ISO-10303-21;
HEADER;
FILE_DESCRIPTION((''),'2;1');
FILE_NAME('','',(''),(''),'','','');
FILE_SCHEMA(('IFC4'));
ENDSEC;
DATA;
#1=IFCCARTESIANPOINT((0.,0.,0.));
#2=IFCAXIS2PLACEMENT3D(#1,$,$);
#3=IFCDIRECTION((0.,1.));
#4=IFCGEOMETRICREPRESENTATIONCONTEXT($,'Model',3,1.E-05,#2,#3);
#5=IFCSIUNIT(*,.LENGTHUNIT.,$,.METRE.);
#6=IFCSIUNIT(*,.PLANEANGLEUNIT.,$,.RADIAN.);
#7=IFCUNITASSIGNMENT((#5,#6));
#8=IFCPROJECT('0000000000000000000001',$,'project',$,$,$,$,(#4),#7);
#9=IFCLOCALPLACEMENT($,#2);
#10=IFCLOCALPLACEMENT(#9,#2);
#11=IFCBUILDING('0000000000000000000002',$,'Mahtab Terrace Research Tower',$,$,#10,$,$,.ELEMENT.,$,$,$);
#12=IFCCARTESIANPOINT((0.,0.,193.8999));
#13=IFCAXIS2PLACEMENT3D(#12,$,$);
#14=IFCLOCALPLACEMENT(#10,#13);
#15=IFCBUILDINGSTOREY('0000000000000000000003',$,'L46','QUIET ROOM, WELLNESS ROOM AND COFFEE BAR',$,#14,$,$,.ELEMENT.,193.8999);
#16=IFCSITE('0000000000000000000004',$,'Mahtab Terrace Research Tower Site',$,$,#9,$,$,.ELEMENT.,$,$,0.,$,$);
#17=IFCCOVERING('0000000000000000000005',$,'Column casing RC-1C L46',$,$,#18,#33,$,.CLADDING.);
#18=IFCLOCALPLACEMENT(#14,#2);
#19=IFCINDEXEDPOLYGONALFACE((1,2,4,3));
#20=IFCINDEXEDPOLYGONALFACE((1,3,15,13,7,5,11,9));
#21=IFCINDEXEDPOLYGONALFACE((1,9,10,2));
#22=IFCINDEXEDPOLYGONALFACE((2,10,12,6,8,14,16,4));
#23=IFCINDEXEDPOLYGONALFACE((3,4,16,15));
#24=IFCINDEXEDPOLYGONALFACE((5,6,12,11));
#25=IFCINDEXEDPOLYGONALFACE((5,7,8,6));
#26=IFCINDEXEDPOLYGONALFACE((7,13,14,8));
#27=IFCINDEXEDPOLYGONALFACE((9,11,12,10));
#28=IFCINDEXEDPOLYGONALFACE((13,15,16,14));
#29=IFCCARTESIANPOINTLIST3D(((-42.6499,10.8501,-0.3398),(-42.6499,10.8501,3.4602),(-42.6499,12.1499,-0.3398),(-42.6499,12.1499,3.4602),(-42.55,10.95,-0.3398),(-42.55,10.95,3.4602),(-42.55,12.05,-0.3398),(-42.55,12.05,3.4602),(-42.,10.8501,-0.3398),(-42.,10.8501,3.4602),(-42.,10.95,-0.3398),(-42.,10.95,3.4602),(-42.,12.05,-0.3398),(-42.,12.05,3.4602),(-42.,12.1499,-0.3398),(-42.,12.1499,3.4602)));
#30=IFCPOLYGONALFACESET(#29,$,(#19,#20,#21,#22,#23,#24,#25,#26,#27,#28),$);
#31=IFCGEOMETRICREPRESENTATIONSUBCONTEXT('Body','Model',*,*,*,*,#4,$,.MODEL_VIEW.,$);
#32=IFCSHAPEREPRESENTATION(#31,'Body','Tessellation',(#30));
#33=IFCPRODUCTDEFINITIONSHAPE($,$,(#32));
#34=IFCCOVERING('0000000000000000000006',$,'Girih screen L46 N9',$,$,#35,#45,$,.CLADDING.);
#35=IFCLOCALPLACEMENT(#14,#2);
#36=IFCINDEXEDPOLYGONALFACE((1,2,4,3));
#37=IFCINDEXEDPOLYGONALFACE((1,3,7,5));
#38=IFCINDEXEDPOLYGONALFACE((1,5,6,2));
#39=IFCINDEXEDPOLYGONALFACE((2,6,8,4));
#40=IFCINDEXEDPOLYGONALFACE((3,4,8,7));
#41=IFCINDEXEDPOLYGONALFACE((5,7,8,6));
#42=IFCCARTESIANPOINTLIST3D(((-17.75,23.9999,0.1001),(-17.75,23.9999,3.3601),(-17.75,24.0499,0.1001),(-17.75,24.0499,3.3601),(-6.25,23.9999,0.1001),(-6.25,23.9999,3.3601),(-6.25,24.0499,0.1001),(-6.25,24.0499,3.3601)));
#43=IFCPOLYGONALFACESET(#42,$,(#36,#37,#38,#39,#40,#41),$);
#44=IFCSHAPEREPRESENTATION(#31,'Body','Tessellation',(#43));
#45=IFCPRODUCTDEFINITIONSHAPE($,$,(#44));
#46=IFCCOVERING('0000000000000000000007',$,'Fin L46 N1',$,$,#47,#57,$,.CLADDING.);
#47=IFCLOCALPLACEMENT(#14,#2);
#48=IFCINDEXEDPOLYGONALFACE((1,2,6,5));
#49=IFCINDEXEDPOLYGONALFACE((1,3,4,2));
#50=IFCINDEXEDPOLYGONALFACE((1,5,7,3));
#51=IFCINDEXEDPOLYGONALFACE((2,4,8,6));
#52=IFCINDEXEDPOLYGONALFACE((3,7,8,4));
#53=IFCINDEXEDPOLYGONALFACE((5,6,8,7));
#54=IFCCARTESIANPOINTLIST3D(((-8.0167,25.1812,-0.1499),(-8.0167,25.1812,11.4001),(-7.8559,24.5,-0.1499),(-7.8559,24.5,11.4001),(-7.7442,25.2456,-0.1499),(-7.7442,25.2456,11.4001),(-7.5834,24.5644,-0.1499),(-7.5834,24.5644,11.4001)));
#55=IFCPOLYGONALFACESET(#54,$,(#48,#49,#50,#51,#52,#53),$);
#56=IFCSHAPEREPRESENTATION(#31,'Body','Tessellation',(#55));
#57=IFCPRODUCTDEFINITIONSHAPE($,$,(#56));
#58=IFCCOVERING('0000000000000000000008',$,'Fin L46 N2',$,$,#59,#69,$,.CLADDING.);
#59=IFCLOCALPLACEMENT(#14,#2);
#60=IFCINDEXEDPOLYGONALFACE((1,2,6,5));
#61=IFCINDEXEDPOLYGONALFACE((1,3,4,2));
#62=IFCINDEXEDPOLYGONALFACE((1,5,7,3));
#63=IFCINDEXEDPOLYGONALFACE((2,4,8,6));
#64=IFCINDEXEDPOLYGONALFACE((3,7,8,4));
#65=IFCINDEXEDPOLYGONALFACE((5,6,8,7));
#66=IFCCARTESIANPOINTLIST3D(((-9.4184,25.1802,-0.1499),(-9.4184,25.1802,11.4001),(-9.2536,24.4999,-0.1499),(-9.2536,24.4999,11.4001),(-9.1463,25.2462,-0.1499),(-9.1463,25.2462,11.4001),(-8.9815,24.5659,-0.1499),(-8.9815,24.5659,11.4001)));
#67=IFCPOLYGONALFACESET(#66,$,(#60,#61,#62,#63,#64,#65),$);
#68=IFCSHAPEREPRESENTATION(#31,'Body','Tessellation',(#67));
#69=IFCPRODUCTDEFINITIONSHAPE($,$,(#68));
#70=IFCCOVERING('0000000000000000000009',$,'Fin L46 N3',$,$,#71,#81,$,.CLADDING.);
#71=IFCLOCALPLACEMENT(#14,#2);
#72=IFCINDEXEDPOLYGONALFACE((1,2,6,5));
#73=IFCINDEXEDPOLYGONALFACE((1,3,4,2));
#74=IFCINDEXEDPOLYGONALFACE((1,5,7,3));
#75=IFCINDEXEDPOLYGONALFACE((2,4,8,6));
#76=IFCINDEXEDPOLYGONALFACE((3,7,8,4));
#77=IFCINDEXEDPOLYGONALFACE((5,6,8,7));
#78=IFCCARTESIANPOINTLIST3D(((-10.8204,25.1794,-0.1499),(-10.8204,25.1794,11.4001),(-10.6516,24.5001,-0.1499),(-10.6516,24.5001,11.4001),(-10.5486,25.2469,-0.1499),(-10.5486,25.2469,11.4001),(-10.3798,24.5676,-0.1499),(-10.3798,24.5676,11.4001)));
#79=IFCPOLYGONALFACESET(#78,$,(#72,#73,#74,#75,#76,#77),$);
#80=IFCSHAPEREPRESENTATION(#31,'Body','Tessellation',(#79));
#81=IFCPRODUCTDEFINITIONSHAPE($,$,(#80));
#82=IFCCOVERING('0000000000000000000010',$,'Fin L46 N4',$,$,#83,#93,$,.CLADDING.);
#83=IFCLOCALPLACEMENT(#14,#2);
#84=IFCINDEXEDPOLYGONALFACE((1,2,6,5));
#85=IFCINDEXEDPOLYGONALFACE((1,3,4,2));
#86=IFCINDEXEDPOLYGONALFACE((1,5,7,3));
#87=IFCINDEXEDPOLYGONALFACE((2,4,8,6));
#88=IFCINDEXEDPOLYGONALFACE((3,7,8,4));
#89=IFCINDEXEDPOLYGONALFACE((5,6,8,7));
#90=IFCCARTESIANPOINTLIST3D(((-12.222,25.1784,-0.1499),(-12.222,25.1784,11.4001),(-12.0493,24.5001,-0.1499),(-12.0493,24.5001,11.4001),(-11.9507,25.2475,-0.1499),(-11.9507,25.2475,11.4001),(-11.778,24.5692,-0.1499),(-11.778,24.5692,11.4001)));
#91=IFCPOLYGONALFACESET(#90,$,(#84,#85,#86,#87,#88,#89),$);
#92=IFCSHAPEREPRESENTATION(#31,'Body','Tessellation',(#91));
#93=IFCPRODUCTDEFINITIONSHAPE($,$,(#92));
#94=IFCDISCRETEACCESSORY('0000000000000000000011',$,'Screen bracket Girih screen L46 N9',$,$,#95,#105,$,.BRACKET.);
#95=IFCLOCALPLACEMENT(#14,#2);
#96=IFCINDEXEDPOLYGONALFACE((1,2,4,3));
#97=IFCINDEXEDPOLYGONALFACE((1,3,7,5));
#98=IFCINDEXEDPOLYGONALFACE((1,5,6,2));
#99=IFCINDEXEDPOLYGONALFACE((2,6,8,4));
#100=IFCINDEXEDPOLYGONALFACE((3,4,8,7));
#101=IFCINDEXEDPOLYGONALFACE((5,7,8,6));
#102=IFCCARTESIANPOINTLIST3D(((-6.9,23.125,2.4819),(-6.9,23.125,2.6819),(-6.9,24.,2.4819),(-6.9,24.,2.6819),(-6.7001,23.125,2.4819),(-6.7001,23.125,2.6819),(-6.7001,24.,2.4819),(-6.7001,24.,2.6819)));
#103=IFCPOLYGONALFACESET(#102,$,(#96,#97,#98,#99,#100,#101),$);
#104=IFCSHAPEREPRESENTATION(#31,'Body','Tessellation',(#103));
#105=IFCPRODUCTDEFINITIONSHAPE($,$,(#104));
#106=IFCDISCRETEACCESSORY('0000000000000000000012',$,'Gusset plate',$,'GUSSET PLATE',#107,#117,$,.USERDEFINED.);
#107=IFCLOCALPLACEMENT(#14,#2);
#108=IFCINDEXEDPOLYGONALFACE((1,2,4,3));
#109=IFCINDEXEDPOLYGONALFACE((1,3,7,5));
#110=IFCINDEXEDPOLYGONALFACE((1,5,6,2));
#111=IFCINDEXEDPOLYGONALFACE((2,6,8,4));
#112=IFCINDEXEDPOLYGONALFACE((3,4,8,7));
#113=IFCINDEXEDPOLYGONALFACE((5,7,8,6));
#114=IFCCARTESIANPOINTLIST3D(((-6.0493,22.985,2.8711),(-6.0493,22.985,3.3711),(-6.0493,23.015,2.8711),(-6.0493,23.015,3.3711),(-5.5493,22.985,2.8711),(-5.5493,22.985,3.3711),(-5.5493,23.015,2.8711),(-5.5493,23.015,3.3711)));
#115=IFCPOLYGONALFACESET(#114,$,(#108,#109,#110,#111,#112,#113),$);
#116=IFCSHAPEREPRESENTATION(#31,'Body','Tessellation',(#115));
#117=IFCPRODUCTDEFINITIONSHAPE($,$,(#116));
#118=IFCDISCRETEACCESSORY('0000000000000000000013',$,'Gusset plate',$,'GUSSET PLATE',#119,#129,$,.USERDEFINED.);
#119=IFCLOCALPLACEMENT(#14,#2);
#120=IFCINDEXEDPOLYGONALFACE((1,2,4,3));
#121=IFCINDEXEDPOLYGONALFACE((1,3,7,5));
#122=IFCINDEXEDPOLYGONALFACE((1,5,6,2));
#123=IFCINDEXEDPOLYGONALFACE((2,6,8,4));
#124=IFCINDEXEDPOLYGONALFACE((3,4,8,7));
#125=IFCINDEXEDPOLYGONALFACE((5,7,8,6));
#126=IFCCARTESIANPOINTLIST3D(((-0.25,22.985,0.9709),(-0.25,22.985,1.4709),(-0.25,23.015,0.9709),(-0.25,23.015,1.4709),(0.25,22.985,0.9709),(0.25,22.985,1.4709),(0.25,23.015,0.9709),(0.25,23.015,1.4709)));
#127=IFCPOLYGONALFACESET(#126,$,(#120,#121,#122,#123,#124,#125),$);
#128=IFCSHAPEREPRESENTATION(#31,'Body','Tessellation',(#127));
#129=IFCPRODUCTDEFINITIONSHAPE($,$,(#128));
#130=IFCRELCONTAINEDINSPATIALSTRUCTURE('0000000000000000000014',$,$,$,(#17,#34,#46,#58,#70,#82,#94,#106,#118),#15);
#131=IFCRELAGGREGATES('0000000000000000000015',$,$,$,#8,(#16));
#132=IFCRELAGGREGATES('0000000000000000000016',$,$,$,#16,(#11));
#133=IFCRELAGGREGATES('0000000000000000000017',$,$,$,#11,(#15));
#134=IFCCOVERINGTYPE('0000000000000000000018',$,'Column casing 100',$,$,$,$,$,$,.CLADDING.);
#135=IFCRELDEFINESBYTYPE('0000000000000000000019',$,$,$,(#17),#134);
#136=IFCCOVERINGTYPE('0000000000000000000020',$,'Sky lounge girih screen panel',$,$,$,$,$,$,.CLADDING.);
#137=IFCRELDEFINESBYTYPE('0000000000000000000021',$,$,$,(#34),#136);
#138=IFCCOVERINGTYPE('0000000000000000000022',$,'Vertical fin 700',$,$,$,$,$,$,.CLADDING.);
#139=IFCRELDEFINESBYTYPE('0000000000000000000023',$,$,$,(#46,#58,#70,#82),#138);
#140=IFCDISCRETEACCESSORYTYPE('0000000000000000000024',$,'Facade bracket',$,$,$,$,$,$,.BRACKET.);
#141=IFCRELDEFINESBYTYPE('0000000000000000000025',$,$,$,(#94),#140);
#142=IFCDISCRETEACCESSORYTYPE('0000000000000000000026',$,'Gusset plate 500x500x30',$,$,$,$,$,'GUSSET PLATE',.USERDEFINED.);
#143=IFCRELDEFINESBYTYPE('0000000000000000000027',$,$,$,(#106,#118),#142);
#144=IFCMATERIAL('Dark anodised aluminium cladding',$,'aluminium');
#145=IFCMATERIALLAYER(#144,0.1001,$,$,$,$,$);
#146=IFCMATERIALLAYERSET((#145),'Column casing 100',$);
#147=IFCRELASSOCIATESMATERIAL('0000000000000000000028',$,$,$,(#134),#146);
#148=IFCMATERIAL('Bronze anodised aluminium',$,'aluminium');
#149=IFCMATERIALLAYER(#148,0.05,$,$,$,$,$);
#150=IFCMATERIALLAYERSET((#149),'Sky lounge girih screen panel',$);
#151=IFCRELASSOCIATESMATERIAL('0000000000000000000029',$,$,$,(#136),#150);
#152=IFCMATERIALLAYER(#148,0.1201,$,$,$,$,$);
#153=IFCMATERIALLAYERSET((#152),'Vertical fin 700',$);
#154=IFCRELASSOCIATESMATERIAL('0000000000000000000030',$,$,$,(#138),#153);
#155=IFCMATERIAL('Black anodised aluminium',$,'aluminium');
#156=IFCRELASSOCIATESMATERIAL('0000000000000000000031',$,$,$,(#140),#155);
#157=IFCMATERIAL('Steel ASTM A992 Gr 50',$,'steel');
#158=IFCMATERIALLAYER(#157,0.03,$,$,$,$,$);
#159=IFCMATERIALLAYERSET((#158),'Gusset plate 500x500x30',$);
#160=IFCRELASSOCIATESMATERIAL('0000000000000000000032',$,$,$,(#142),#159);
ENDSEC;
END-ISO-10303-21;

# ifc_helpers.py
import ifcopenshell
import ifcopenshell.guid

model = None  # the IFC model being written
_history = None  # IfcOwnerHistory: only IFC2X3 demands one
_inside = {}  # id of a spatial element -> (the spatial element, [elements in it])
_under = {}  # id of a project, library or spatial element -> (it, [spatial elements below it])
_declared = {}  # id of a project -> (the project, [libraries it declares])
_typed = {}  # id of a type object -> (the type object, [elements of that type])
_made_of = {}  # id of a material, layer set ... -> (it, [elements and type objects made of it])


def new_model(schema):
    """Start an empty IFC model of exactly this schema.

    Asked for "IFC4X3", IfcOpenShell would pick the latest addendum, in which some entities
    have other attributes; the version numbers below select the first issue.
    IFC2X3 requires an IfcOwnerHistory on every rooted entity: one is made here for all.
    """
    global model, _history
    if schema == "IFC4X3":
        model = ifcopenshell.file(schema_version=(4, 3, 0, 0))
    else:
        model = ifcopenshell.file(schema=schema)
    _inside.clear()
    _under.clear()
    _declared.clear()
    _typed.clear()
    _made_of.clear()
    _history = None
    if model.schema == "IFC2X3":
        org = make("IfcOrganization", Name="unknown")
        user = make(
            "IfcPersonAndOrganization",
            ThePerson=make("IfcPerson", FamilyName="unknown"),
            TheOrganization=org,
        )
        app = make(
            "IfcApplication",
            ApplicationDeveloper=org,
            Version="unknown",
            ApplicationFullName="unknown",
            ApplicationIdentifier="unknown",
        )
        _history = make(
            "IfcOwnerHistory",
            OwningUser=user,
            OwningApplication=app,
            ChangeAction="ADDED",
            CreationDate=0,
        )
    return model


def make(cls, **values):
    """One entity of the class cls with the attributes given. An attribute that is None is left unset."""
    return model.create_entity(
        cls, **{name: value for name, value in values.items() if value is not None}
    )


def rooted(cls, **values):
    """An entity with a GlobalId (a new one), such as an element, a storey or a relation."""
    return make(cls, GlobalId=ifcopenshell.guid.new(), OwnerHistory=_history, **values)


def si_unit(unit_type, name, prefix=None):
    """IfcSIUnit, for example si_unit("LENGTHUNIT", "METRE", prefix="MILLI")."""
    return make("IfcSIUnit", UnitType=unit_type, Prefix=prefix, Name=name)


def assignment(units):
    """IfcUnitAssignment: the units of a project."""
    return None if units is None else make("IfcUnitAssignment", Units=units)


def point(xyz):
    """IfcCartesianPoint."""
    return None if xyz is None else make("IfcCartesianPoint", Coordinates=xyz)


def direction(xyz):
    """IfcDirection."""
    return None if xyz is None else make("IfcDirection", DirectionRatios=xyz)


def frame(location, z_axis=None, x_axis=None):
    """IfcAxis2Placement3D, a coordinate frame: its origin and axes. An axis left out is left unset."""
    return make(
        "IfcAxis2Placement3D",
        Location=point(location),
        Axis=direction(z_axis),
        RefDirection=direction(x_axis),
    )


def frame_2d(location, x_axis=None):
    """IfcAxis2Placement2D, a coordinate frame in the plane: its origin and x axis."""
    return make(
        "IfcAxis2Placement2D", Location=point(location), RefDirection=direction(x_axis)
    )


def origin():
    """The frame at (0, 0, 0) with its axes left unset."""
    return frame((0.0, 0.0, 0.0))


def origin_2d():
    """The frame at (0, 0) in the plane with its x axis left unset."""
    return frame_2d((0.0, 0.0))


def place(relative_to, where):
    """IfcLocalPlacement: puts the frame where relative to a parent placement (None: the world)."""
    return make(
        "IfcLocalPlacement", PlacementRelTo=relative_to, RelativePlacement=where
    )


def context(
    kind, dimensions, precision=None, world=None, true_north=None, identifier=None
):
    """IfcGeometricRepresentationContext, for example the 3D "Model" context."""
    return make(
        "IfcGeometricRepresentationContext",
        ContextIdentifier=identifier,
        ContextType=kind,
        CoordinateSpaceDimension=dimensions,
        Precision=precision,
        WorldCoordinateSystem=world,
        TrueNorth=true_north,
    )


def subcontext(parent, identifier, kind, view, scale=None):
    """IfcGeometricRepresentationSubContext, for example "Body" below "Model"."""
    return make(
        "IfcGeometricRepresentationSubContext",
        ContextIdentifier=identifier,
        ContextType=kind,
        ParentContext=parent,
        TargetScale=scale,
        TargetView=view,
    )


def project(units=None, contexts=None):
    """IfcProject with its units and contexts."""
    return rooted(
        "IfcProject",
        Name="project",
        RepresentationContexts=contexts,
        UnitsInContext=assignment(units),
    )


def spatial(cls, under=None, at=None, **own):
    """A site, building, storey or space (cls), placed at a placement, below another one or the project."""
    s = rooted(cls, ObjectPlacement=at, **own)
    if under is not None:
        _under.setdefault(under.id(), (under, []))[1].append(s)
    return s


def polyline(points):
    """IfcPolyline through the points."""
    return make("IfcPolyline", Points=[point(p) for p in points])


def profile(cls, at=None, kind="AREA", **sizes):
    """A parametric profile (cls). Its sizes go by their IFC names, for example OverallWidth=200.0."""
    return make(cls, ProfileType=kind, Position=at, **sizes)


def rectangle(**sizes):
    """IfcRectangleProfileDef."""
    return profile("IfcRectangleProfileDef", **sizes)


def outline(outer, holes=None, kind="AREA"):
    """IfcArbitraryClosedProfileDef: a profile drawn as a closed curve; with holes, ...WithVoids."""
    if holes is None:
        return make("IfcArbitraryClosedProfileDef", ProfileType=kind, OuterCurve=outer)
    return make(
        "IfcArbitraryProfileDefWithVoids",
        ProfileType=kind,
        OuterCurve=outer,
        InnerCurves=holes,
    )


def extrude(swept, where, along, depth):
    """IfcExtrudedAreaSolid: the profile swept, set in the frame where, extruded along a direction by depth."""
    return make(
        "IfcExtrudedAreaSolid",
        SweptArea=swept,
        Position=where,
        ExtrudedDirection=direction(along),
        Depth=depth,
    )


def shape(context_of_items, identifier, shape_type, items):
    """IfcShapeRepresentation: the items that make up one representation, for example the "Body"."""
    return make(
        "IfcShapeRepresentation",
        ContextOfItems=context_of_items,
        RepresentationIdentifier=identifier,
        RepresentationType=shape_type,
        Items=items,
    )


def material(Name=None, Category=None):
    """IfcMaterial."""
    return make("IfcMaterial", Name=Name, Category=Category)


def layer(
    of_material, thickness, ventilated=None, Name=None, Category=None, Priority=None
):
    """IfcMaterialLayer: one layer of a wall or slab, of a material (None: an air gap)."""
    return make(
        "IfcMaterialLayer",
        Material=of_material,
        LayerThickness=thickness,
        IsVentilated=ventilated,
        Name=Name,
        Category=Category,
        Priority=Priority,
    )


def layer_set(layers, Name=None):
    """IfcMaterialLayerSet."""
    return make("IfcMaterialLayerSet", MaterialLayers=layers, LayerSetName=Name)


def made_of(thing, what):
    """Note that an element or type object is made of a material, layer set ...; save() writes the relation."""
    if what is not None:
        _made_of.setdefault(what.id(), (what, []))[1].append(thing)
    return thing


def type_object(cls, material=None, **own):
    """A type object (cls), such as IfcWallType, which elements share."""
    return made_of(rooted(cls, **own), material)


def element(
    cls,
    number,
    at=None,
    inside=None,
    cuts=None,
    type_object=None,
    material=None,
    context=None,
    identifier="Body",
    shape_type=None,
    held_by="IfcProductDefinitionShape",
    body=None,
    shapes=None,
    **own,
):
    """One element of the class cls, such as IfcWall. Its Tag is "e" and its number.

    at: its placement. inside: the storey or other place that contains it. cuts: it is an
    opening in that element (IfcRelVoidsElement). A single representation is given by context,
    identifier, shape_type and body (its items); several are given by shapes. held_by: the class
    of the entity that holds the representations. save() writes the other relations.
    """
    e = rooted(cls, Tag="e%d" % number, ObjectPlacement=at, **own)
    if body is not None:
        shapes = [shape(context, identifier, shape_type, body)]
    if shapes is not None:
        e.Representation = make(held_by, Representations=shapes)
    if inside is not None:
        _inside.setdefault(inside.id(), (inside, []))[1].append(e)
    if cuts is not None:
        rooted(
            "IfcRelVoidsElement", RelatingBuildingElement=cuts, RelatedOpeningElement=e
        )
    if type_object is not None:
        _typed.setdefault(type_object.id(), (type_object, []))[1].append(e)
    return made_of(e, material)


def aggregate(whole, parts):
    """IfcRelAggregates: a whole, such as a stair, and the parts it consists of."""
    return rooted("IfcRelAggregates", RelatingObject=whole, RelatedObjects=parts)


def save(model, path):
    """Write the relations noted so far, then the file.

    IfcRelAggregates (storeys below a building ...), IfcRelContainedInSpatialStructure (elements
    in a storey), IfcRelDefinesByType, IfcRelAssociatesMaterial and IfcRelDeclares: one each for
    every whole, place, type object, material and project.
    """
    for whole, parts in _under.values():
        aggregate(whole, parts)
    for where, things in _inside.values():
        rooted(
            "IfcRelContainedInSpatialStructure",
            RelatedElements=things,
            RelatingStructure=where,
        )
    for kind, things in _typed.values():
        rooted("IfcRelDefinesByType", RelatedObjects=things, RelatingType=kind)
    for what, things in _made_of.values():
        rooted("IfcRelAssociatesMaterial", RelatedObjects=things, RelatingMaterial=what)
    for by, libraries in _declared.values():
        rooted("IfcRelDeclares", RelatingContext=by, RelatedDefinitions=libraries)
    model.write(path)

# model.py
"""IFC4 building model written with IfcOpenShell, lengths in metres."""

from ifc_helpers import new_model, si_unit, direction, frame, origin, origin_2d, place, context, subcontext, project, spatial, polyline, rectangle, outline, extrude, material, layer, layer_set, type_object, element, save


model = new_model("IFC4")

# Units and contexts
model_context = context("Model", 3, precision=1e-05, world=origin(), true_north=direction((0.0, 1.0)))
body_context = subcontext(model_context, "Body", "Model", "MODEL_VIEW")
ifc_project = project(units=[si_unit("LENGTHUNIT", "METRE"), si_unit("PLANEANGLEUNIT", "RADIAN")], contexts=[model_context])

# Site, building, storey
site_placement = place(None, origin())
site = spatial("IfcSite", under=ifc_project, at=site_placement, Name="Mahtab Terrace Research Tower Site", CompositionType="ELEMENT", RefElevation=0.0)
building_placement = place(site_placement, origin())
building = spatial("IfcBuilding", under=site, at=building_placement, Name="Mahtab Terrace Research Tower", CompositionType="ELEMENT")
storey_placement = place(building_placement, frame((0.0, 0.0, 193.8999)))
storey = spatial("IfcBuildingStorey", under=building, at=storey_placement, Name="L46", Description="QUIET ROOM, WELLNESS ROOM AND COFFEE BAR", CompositionType="ELEMENT", Elevation=193.8999)

# Shared definitions
ifc_material_1 = material(Name="Steel ASTM A992 Gr 50", Category="steel")

# Coverings
ifc_material_2 = material(Name="Dark anodised aluminium cladding", Category="aluminium")
ifc_layer_1 = layer(ifc_material_2, 0.1001)
ifc_layer_set_1 = layer_set([ifc_layer_1], Name="Column casing 100")
covering_type_1 = type_object("IfcCoveringType", Name="Column casing 100", PredefinedType="CLADDING", material=ifc_layer_set_1)
covering_1_placement = place(storey_placement, frame((0.0, 0.0, -0.3398)))
element("IfcCovering", 1, at=covering_1_placement, inside=storey, type_object=covering_type_1, Name="Column casing RC-1C L46", PredefinedType="CLADDING", context=body_context, shape_type="SweptSolid", body=[
    extrude(outline(polyline([(-42.6499, 12.1499), (-42.0, 12.1499), (-42.0, 12.05), (-42.55, 12.05), (-42.55, 10.95), (-42.0, 10.95), (-42.0, 10.8501), (-42.6499, 10.8501), (-42.6499, 12.1499)])), origin(), (0.0, 0.0, 1.0), 3.8),
])
ifc_material_3 = material(Name="Bronze anodised aluminium", Category="aluminium")
ifc_layer_2 = layer(ifc_material_3, 0.05)
ifc_layer_set_2 = layer_set([ifc_layer_2], Name="Sky lounge girih screen panel")
covering_type_2 = type_object("IfcCoveringType", Name="Sky lounge girih screen panel", PredefinedType="CLADDING", material=ifc_layer_set_2)
covering_2_placement = place(storey_placement, frame((-12.0, 24.0249, 0.1001), z_axis=(0.0, 0.0, 1.0), x_axis=(-1.0, 0.0, 0.0)))
element("IfcCovering", 2, at=covering_2_placement, inside=storey, type_object=covering_type_2, Name="Girih screen L46 N9", PredefinedType="CLADDING", context=body_context, shape_type="SweptSolid", body=[
    extrude(rectangle(XDim=11.5, YDim=0.05, at=origin_2d()), origin(), (0.0, 0.0, 1.0), 3.26),
])
ifc_layer_3 = layer(ifc_material_3, 0.1201)
ifc_layer_set_3 = layer_set([ifc_layer_3], Name="Vertical fin 700")
covering_type_3 = type_object("IfcCoveringType", Name="Vertical fin 700", PredefinedType="CLADDING", material=ifc_layer_set_3)
for number, where, z_axis, x_axis, name in (
    (3, (-7.8, 24.8728, -0.1499), (0.0, 0.0, 1.0), (-0.973236, -0.229807, 0.0), "Fin L46 N1"),
    (4, (-9.2, 24.873, -0.1499), (0.0, 0.0, 1.0), (-0.971883, -0.235465, 0.0), "Fin L46 N2"),
    (5, (-10.6001, 24.8735, -0.1499), (0.0, 0.0, 1.0), (-0.970496, -0.241115, 0.0), "Fin L46 N3"),
    (6, (-12.0, 24.8738, -0.1499), (0.0, 0.0, 1.0), (-0.969077, -0.246757, 0.0), "Fin L46 N4"),
):
    element("IfcCovering", number, at=place(storey_placement, frame(where, z_axis=z_axis, x_axis=x_axis)), inside=storey, type_object=covering_type_3, Name=name, PredefinedType="CLADDING", context=body_context, shape_type="SweptSolid", body=[
        extrude(rectangle(XDim=0.28, YDim=0.7, at=origin_2d()), origin(), (0.0, 0.0, 1.0), 11.55),
    ])

# Discrete accessories
ifc_material_4 = material(Name="Black anodised aluminium", Category="aluminium")
discrete_accessory_type_1 = type_object("IfcDiscreteAccessoryType", Name="Facade bracket", PredefinedType="BRACKET", material=ifc_material_4)
discrete_accessory_placement = place(storey_placement, frame((-6.8, 23.5625, 2.4819), z_axis=(0.0, 0.0, 1.0), x_axis=(-1.0, 0.0, 0.0)))
element("IfcDiscreteAccessory", 7, at=discrete_accessory_placement, inside=storey, type_object=discrete_accessory_type_1, Name="Screen bracket Girih screen L46 N9", PredefinedType="BRACKET", context=body_context, shape_type="SweptSolid", body=[
    extrude(rectangle(XDim=0.2, YDim=0.875, at=origin_2d()), origin(), (0.0, 0.0, 1.0), 0.2),
])
ifc_layer_4 = layer(ifc_material_1, 0.03)
ifc_layer_set_4 = layer_set([ifc_layer_4], Name="Gusset plate 500x500x30")
discrete_accessory_type_2 = type_object("IfcDiscreteAccessoryType", Name="Gusset plate 500x500x30", ElementType="GUSSET PLATE", PredefinedType="USERDEFINED", material=ifc_layer_set_4)
for number, where, z_axis, x_axis, name in (
    (8, (-5.7993, 23.0, 2.8711), (0.0, 0.0, 1.0), (1.0, 0.0, 0.0), "Gusset plate"),
    (9, (0.0, 23.0, 0.9709), (0.0, 0.0, 1.0), (1.0, 0.0, 0.0), "Gusset plate"),
):
    element("IfcDiscreteAccessory", number, at=place(storey_placement, frame(where, z_axis=z_axis, x_axis=x_axis)), inside=storey, type_object=discrete_accessory_type_2, Name=name, ObjectType="GUSSET PLATE", PredefinedType="USERDEFINED", context=body_context, shape_type="SweptSolid", body=[
        extrude(rectangle(XDim=0.5, YDim=0.03, at=origin_2d()), origin(), (0.0, 0.0, 1.0), 0.5),
    ])

save(model, "model.ifc")
